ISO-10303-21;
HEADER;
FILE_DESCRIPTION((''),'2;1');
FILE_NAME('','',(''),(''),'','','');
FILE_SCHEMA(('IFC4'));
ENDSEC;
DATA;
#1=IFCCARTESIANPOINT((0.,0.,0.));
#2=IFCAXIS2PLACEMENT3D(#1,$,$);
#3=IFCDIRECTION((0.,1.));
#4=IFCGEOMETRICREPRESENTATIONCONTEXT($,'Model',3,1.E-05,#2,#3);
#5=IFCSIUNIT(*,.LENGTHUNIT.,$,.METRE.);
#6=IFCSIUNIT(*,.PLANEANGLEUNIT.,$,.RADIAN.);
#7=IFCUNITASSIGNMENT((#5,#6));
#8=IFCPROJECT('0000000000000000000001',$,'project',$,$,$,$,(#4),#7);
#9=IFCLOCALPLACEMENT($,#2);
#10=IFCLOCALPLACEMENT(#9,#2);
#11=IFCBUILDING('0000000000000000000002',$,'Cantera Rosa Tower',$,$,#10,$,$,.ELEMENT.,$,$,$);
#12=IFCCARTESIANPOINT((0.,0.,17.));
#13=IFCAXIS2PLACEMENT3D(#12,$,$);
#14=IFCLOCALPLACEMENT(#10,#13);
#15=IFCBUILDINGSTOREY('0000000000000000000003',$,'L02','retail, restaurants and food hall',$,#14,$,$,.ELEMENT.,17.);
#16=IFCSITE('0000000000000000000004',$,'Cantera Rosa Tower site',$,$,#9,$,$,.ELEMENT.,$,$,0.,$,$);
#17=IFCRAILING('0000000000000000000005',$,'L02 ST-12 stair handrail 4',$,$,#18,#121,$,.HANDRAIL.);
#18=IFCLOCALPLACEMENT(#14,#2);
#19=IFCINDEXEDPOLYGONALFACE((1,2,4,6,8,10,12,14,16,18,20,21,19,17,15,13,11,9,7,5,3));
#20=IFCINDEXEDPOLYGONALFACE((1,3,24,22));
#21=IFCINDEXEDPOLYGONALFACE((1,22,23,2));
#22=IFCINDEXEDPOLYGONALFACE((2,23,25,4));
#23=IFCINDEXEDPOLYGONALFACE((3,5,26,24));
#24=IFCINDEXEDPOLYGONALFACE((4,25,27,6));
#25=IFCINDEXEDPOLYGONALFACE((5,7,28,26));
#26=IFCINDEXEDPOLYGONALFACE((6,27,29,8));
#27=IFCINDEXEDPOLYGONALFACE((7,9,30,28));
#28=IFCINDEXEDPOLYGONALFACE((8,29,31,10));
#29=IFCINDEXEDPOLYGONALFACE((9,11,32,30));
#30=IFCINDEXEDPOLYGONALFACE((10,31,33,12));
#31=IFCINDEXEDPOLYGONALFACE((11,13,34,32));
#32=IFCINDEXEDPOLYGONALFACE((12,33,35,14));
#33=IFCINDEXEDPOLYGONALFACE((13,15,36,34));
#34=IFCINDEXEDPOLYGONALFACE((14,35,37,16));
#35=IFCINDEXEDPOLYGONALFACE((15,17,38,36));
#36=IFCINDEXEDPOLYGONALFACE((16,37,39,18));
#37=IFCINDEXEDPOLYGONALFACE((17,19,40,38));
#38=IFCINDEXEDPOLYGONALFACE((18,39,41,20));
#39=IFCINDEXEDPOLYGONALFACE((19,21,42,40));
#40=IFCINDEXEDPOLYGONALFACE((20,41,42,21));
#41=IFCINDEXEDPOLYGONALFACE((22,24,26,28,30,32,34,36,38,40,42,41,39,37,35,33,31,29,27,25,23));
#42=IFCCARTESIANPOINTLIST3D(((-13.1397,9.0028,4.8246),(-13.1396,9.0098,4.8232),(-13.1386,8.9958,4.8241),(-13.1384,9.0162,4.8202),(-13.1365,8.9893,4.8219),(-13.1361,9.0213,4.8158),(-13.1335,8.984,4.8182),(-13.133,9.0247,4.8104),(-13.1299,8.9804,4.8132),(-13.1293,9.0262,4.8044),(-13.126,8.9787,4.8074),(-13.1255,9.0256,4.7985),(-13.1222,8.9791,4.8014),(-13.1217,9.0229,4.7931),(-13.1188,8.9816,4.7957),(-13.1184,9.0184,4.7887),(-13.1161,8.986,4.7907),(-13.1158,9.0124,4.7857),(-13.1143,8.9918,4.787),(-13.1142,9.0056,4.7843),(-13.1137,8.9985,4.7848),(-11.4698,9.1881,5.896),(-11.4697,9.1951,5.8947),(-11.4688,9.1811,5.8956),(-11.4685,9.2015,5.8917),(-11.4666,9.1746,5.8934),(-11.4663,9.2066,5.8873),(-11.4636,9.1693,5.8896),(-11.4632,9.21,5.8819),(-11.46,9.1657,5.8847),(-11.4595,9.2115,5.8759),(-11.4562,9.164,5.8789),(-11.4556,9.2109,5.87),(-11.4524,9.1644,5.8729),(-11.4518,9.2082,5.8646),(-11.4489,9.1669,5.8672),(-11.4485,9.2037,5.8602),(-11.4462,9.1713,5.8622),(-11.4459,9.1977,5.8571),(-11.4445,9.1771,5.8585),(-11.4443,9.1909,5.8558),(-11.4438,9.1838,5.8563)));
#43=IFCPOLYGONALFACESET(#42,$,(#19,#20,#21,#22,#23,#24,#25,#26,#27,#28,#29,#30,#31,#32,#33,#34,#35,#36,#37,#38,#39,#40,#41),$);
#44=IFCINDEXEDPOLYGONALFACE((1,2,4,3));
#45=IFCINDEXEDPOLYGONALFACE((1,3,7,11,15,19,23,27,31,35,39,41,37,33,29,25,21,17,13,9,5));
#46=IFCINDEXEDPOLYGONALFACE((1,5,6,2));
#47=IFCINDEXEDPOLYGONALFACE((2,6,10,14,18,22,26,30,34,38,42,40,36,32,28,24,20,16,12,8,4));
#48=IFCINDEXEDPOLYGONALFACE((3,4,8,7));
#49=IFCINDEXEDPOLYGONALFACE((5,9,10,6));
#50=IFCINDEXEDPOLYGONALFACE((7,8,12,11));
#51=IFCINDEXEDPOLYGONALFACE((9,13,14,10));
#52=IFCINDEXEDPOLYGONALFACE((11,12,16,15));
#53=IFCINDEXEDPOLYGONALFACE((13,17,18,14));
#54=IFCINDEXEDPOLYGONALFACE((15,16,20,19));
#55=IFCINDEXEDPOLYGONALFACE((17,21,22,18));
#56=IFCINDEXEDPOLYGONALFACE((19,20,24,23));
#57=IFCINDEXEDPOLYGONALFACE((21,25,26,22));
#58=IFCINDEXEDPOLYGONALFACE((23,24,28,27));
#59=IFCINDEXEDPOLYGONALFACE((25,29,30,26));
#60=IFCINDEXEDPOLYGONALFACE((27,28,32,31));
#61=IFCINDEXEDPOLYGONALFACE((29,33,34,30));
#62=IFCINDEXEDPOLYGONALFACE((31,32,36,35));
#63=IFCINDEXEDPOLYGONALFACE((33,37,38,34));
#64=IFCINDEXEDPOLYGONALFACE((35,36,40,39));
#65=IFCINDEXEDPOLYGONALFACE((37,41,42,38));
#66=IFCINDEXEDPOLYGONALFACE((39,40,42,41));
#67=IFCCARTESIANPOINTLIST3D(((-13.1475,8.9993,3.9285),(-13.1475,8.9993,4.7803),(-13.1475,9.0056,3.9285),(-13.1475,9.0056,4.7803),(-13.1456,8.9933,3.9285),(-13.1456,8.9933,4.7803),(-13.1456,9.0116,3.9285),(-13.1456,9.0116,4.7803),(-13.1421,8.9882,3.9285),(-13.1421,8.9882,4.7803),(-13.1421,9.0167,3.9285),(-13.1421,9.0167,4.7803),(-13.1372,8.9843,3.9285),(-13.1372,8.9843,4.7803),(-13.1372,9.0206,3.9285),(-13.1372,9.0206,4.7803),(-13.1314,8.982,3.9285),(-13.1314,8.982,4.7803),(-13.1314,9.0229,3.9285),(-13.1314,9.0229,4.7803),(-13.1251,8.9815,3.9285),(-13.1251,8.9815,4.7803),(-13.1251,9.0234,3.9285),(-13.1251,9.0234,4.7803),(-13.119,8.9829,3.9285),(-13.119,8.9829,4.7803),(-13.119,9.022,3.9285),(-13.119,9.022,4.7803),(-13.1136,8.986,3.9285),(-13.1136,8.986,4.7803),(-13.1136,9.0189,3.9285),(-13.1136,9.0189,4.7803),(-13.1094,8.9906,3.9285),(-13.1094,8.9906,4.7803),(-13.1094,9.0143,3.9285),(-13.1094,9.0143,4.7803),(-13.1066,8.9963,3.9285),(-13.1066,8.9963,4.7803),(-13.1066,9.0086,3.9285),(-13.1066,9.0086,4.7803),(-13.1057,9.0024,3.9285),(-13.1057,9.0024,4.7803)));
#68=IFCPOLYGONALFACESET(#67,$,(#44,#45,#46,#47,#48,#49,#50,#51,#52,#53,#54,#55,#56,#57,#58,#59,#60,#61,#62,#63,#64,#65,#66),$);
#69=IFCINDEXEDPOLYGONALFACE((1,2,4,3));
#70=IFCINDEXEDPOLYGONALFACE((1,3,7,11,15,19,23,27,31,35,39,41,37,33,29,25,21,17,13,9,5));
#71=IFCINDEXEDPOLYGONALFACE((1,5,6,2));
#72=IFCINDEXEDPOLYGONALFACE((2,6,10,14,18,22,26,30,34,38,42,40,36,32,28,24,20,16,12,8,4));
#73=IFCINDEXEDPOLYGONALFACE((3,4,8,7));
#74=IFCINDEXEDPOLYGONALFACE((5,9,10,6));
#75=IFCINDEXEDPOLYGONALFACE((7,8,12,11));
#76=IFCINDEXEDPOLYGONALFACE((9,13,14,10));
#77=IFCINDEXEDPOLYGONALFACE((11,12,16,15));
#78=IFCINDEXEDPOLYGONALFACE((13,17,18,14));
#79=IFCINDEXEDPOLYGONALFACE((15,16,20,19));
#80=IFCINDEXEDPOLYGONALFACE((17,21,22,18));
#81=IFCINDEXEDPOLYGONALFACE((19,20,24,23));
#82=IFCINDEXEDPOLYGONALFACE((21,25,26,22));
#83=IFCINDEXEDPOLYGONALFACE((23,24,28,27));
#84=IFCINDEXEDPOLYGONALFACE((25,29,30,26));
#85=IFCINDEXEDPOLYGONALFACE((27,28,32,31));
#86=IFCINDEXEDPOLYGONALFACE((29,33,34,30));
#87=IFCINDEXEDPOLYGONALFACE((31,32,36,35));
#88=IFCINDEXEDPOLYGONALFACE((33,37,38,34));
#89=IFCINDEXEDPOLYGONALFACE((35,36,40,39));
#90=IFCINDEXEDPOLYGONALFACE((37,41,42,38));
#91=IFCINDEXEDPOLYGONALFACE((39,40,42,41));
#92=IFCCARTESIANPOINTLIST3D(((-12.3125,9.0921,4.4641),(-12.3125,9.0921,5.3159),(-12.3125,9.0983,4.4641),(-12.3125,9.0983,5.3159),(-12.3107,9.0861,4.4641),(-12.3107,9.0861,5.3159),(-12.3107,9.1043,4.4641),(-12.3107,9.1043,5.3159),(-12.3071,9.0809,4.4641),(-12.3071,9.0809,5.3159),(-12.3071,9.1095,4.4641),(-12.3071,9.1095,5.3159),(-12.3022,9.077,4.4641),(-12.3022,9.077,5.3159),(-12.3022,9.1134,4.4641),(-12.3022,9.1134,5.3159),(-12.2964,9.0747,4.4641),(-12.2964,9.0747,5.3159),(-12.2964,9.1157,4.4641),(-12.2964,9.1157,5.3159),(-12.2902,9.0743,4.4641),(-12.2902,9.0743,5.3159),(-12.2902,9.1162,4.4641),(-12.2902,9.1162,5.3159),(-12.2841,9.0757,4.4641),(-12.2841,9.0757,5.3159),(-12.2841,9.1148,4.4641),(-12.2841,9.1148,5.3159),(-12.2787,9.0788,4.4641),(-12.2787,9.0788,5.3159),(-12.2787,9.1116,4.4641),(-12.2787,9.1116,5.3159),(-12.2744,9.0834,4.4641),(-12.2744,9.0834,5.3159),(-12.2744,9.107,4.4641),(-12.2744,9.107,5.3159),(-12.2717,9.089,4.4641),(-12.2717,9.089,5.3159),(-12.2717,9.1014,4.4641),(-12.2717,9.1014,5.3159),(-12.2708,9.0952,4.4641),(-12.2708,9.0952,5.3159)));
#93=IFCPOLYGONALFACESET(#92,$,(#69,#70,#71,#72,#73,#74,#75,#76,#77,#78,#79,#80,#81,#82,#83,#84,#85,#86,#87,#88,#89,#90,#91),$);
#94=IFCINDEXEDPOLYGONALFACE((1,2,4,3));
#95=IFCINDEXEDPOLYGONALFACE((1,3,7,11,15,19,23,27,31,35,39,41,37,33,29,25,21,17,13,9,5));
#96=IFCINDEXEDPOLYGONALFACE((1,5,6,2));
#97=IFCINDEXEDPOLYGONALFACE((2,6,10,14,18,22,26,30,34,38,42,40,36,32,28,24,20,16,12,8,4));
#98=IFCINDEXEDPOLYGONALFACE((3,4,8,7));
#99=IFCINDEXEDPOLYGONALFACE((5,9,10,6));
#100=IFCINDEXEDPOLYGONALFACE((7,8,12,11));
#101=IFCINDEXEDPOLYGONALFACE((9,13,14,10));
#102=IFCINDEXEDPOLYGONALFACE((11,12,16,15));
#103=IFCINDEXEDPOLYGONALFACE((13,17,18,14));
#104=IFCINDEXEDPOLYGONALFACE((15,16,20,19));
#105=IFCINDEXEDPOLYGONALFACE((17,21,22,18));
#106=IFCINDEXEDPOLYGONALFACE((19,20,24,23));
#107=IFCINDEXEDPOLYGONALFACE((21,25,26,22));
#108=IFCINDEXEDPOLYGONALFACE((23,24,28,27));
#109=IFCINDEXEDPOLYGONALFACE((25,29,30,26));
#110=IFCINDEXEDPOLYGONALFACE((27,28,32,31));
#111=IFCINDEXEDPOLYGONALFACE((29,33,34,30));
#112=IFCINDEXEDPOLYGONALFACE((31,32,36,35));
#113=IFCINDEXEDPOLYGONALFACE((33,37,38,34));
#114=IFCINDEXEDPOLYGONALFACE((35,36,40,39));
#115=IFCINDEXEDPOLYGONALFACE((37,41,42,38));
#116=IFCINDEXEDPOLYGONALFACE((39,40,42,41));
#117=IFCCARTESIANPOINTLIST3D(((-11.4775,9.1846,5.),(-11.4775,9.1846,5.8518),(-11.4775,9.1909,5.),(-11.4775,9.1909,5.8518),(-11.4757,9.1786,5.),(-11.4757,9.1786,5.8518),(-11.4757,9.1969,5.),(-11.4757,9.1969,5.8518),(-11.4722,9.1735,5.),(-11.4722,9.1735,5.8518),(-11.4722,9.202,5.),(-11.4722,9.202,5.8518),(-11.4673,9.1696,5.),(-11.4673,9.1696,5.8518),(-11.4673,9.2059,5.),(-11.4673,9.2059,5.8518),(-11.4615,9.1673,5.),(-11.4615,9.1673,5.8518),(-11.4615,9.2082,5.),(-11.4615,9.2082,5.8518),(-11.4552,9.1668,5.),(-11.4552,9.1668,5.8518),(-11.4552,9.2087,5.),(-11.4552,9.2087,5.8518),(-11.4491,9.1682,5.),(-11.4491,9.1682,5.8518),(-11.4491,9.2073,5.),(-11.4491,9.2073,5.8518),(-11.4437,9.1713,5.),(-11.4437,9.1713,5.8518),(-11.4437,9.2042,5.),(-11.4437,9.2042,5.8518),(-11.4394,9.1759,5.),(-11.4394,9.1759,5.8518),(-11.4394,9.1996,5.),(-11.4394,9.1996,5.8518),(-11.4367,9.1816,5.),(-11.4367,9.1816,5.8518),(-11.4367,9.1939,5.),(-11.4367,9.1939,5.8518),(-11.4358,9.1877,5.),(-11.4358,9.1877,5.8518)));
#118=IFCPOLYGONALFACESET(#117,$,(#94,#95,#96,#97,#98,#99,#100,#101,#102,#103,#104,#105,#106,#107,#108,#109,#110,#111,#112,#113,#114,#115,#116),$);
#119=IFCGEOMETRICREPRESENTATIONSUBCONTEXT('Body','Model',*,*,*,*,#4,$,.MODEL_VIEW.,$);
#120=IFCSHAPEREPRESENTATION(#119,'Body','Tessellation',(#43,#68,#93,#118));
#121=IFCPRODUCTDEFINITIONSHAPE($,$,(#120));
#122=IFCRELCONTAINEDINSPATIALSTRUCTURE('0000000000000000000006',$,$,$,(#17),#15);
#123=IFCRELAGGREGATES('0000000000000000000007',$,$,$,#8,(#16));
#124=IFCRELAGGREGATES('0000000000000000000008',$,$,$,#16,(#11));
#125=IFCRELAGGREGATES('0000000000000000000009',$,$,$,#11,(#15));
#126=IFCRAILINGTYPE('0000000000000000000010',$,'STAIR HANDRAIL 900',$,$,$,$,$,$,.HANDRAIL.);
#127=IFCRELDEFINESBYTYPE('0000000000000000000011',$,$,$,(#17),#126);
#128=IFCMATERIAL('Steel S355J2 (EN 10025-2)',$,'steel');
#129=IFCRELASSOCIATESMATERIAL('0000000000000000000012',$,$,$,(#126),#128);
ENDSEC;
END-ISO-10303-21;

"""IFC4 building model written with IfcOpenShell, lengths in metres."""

from ifc_helpers import new_model, si_unit, direction, frame, origin, origin_2d, place, context, subcontext, project, spatial, circle, extrude, material, type_object, element, save


model = new_model("IFC4")

# Units and contexts
model_context = context("Model", 3, precision=1e-05, world=origin(), true_north=direction((0.0, 1.0)))
body_context = subcontext(model_context, "Body", "Model", "MODEL_VIEW")
ifc_project = project(units=[si_unit("LENGTHUNIT", "METRE"), si_unit("PLANEANGLEUNIT", "RADIAN")], contexts=[model_context])

# Site, building, storey
site_placement = place(None, origin())
site = spatial("IfcSite", under=ifc_project, at=site_placement, Name="Cantera Rosa Tower site", CompositionType="ELEMENT", RefElevation=0.0)
building_placement = place(site_placement, origin())
building = spatial("IfcBuilding", under=site, at=building_placement, Name="Cantera Rosa Tower", CompositionType="ELEMENT")
storey_placement = place(building_placement, frame((0.0, 0.0, 17.0)))
storey = spatial("IfcBuildingStorey", under=building, at=storey_placement, Name="L02", Description="retail, restaurants and food hall", CompositionType="ELEMENT", Elevation=17.0)

# Railing
ifc_material_1 = material(Name="Steel S355J2 (EN 10025-2)", Category="steel")
railing_type_1 = type_object("IfcRailingType", Name="STAIR HANDRAIL 900", PredefinedType="HANDRAIL", material=ifc_material_1)
railing_1_placement = place(storey_placement, frame((-13.1267, 9.0024, 3.9285)))
element("IfcRailing", 1, at=railing_1_placement, inside=storey, type_object=railing_type_1, Name="L02 ST-12 stair handrail 4", PredefinedType="HANDRAIL", context=body_context, shape_type="SweptSolid", body=[
    extrude(circle(Radius=0.0239, at=origin_2d()), frame((0.0, 0.0, 0.876), z_axis=(0.837987, 0.092987, 0.537709), x_axis=(-0.110288, 0.9939, 0.0)), (0.0, 0.0, 1.0), 1.9927),
    extrude(circle(Radius=0.021, at=origin_2d()), origin(), (0.0, 0.0, 1.0), 0.8518),
    extrude(circle(Radius=0.021, at=origin_2d()), frame((0.835, 0.0928, 0.5356)), (0.0, 0.0, 1.0), 0.8518),
    extrude(circle(Radius=0.021, at=origin_2d()), frame((1.6699, 0.1853, 1.0715)), (0.0, 0.0, 1.0), 0.8518),
])

save(model, "model.ifc")
